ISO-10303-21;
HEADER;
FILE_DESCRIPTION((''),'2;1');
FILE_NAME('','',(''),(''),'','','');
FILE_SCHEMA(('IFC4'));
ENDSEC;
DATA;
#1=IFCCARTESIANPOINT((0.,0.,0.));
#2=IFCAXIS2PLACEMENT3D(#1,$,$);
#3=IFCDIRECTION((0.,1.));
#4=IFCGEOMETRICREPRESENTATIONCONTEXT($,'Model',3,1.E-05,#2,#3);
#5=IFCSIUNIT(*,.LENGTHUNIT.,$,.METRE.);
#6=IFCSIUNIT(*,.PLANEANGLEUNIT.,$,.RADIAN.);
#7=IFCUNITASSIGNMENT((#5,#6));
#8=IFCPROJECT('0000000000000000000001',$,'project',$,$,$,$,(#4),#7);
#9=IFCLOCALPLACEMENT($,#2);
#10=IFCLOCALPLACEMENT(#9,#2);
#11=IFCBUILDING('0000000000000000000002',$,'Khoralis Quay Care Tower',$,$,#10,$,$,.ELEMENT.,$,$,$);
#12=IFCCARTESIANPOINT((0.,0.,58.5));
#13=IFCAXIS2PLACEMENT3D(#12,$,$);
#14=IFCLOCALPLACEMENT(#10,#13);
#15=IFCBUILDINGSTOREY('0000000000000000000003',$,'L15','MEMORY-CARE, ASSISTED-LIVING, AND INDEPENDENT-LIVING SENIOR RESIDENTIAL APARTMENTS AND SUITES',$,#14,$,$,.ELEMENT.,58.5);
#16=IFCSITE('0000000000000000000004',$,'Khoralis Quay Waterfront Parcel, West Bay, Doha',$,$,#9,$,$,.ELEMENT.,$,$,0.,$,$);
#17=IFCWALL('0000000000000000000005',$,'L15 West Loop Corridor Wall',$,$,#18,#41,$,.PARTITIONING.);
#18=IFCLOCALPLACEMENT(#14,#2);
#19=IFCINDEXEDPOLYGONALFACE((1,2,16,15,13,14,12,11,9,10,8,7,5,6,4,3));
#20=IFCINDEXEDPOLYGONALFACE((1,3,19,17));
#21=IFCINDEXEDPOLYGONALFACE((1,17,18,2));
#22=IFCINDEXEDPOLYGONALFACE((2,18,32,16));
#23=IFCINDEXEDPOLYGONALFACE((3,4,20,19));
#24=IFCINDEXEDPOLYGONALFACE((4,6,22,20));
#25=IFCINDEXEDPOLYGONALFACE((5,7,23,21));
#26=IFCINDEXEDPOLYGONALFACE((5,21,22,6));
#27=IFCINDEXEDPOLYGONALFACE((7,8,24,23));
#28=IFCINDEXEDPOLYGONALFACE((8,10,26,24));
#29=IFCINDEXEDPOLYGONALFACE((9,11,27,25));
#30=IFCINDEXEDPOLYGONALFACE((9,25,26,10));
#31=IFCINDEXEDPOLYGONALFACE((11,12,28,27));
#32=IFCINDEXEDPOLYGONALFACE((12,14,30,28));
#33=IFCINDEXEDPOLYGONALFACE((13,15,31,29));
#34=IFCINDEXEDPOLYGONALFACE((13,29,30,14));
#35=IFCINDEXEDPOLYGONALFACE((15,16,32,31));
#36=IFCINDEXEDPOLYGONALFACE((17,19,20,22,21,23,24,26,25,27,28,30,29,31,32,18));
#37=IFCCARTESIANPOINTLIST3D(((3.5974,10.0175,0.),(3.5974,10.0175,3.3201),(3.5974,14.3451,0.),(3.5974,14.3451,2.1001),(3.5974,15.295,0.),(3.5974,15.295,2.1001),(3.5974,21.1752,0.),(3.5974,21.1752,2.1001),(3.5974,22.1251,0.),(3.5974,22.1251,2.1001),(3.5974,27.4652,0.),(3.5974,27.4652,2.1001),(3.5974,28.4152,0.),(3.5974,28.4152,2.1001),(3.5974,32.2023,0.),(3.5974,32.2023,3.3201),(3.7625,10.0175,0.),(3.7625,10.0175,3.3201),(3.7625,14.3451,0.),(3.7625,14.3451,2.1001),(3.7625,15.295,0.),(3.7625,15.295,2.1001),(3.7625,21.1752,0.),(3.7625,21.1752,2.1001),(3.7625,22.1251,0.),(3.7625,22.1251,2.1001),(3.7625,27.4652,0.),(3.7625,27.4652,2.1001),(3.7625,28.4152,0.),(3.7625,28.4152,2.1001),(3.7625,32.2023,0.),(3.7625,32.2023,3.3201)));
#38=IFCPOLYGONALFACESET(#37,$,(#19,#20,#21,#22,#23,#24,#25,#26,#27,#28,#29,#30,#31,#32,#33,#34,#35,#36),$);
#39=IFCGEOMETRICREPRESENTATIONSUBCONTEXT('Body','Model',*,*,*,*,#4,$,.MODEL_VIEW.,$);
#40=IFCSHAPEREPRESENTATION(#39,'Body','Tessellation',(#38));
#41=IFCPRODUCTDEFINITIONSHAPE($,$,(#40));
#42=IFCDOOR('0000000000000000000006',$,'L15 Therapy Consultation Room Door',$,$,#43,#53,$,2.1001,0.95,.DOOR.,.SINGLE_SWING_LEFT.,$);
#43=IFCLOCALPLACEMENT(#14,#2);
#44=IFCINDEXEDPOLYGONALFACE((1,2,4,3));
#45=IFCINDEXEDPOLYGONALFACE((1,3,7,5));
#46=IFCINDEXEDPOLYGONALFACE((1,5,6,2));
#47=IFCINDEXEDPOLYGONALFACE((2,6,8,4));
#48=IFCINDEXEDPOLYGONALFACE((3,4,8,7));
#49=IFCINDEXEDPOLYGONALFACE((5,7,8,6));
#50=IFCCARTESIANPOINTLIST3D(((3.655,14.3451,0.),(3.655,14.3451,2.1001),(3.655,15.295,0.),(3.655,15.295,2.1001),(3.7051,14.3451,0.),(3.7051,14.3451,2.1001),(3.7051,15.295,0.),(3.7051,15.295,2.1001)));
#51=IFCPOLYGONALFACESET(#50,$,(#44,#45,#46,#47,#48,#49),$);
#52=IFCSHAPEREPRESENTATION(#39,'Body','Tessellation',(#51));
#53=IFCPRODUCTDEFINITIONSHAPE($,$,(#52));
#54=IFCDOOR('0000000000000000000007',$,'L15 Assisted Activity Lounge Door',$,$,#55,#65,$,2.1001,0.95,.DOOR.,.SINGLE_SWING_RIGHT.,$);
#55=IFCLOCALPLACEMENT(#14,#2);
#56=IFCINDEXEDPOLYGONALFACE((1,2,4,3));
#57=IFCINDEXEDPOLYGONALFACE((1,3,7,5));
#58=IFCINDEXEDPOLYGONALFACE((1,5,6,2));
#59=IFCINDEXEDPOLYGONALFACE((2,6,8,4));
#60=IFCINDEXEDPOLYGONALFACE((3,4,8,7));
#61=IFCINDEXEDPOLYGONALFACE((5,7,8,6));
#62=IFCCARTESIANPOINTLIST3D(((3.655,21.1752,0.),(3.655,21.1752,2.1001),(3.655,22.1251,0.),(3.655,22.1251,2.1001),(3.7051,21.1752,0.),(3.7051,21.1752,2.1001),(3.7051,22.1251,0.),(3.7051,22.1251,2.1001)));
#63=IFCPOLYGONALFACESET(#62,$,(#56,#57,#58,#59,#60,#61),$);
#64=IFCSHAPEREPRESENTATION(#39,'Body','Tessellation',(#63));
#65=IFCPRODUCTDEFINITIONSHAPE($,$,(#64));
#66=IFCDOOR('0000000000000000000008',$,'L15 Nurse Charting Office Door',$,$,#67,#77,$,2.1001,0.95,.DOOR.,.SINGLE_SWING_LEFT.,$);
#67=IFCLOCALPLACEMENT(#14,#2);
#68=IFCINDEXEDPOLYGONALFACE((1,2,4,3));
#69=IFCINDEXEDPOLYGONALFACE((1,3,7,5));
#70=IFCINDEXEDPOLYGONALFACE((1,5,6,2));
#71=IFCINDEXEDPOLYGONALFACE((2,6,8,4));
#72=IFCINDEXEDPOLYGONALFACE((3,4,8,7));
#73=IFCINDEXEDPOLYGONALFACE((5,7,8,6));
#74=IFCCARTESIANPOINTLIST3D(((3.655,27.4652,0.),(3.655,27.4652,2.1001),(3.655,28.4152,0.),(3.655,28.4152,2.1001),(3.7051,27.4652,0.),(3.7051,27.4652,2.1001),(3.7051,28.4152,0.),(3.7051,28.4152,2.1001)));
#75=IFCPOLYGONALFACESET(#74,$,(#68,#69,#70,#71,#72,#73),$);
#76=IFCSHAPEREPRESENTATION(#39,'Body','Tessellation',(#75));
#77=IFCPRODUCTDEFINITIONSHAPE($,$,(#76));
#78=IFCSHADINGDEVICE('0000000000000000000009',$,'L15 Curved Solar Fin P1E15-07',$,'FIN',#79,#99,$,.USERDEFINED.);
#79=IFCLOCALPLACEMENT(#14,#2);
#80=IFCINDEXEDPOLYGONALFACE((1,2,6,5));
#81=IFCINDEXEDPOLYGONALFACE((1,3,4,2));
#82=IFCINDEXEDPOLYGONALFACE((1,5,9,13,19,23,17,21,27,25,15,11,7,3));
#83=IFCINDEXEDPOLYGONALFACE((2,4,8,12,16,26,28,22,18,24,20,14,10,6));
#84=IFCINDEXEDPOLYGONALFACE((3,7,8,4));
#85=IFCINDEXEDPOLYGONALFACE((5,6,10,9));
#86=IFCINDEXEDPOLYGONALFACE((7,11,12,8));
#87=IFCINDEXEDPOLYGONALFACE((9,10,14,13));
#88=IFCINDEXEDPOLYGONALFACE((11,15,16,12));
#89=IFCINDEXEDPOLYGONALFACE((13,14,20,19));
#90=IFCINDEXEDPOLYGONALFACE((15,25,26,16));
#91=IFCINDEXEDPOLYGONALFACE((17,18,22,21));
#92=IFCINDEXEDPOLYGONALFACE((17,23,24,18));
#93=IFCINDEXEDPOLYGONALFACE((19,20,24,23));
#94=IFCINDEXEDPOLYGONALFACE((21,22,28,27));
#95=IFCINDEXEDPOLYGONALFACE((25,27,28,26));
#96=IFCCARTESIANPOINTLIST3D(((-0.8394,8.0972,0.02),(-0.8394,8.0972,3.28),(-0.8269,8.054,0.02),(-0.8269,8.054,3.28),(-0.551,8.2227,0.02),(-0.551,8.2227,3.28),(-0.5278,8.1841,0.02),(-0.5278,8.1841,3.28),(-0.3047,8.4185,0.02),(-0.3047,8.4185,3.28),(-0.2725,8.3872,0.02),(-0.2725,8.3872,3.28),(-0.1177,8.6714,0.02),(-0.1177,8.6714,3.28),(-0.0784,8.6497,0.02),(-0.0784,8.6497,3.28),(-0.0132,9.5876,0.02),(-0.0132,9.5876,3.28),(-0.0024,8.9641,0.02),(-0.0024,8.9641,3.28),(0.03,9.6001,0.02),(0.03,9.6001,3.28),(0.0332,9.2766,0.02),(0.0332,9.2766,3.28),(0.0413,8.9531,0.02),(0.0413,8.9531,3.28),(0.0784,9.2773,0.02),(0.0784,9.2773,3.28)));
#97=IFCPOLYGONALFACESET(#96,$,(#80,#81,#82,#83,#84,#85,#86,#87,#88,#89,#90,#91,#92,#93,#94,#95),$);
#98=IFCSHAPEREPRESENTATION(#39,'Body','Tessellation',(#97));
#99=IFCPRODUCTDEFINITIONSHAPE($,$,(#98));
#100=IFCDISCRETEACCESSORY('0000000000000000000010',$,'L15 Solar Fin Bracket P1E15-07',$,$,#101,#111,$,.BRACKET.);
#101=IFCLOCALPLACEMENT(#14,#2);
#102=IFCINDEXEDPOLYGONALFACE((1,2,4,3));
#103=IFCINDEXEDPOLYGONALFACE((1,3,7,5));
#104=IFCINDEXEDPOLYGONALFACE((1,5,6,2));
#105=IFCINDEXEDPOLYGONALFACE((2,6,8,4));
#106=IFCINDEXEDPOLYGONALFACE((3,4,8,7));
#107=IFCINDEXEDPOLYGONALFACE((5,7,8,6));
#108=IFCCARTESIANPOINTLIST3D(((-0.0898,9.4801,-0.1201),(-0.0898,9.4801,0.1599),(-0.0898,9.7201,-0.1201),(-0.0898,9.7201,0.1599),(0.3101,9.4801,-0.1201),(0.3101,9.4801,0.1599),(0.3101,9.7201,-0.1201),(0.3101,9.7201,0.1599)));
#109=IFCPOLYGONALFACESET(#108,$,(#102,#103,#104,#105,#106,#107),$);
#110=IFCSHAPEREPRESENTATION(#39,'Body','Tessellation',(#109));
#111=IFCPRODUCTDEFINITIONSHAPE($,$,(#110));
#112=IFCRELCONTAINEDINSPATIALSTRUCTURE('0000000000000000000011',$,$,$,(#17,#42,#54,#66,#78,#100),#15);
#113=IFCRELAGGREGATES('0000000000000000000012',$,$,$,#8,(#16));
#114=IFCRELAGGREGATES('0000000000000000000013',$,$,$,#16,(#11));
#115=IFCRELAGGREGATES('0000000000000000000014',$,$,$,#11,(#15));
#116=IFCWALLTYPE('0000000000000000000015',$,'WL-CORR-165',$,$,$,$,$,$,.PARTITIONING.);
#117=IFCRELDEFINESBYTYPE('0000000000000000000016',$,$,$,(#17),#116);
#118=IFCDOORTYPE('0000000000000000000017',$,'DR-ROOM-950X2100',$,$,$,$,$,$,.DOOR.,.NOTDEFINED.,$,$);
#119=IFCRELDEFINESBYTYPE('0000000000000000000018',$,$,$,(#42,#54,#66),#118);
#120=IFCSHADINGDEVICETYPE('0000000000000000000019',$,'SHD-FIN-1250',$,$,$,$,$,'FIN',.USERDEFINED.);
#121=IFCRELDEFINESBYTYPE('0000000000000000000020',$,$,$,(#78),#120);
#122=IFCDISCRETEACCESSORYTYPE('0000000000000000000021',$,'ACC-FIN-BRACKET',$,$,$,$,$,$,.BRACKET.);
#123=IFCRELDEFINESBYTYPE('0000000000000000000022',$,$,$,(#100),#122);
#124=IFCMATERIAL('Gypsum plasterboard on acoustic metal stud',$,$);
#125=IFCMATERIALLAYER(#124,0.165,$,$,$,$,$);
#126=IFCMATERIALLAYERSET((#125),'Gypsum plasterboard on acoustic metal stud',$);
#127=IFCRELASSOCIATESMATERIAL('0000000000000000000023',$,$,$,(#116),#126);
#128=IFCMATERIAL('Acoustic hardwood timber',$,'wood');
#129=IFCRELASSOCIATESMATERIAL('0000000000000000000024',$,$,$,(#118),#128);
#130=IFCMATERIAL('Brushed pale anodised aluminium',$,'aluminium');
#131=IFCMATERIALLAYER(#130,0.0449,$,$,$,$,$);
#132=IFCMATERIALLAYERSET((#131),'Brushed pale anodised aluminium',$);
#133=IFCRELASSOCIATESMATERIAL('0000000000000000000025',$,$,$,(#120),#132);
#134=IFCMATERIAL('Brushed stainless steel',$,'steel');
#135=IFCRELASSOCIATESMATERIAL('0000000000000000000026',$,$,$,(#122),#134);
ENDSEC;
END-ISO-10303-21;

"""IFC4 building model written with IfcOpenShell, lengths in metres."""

from ifc_helpers import new_model, si_unit, direction, frame, frame_2d, origin, origin_2d, place, context, subcontext, project, spatial, polyline, rectangle, outline, extrude, source, transform, mapped, material, layer, layer_set, type_object, element, fill, save


model = new_model("IFC4")

# Units and contexts
model_context = context("Model", 3, precision=1e-05, world=origin(), true_north=direction((0.0, 1.0)))
body_context = subcontext(model_context, "Body", "Model", "MODEL_VIEW")
ifc_project = project(units=[si_unit("LENGTHUNIT", "METRE"), si_unit("PLANEANGLEUNIT", "RADIAN")], contexts=[model_context])

# Site, building, storey
site_placement = place(None, origin())
site = spatial("IfcSite", under=ifc_project, at=site_placement, Name="Khoralis Quay Waterfront Parcel, West Bay, Doha", CompositionType="ELEMENT", RefElevation=0.0)
building_placement = place(site_placement, origin())
building = spatial("IfcBuilding", under=site, at=building_placement, Name="Khoralis Quay Care Tower", CompositionType="ELEMENT")
storey_placement = place(building_placement, frame((0.0, 0.0, 58.5)))
storey = spatial("IfcBuildingStorey", under=building, at=storey_placement, Name="L15", Description="MEMORY-CARE, ASSISTED-LIVING, AND INDEPENDENT-LIVING SENIOR RESIDENTIAL APARTMENTS AND SUITES", CompositionType="ELEMENT", Elevation=58.5)

# Wall, openings, doors
ifc_material_1 = material(Name="Gypsum plasterboard on acoustic metal stud")
ifc_layer_1 = layer(ifc_material_1, 0.165)
ifc_layer_set_1 = layer_set([ifc_layer_1], Name="Gypsum plasterboard on acoustic metal stud")
wall_type = type_object("IfcWallType", Name="WL-CORR-165", PredefinedType="PARTITIONING", material=ifc_layer_set_1)
ifc_material_2 = material(Name="Acoustic hardwood timber", Category="wood")
door_type_1 = type_object("IfcDoorType", Name="DR-ROOM-950X2100", OperationType="NOTDEFINED", PredefinedType="DOOR", material=ifc_material_2)
shared_shape_1 = source(origin(), body_context, "Body", "SweptSolid", [
    extrude(rectangle(XDim=0.95, YDim=2.1001, at=frame_2d((0.4751, 1.05))), frame((0.0, 0.0249, 0.0), z_axis=(0.0, -1.0, 0.0), x_axis=(1.0, 0.0, 0.0)), (0.0, 0.0, 1.0), 0.05),
])
wall_1_placement = place(storey_placement, frame((3.6799, 10.0176, 0.0), z_axis=(0.0, 0.0, 1.0), x_axis=(0.0, 1.0, 0.0)))
wall_1 = element("IfcWall", 1, at=wall_1_placement, inside=storey, type_object=wall_type, Name="L15 West Loop Corridor Wall", PredefinedType="PARTITIONING", context=body_context, shape_type="SweptSolid", body=[
    extrude(rectangle(XDim=22.1848, YDim=0.165, at=frame_2d((11.0923, 0.0))), origin(), (0.0, 0.0, 1.0), 3.3201),
])
opening_1_placement = place(wall_1_placement, frame((4.3274, 0.0, 0.0)))
opening_1 = element("IfcOpeningElement", 2, at=opening_1_placement, cuts=wall_1, PredefinedType="OPENING", context=body_context, shape_type="SweptSolid", body=[
    extrude(rectangle(XDim=0.95, YDim=2.1001, at=frame_2d((0.4751, 1.05))), frame((0.0, 0.0925, 0.0), z_axis=(0.0, -1.0, 0.0), x_axis=(1.0, 0.0, 0.0)), (0.0, 0.0, 1.0), 0.1851),
])
opening_2_placement = place(wall_1_placement, frame((11.1575, 0.0, 0.0)))
opening_2 = element("IfcOpeningElement", 3, at=opening_2_placement, cuts=wall_1, PredefinedType="OPENING", context=body_context, shape_type="SweptSolid", body=[
    extrude(rectangle(XDim=0.95, YDim=2.1001, at=frame_2d((0.4751, 1.05))), frame((0.0, 0.0925, 0.0), z_axis=(0.0, -1.0, 0.0), x_axis=(1.0, 0.0, 0.0)), (0.0, 0.0, 1.0), 0.1851),
])
opening_3_placement = place(wall_1_placement, frame((17.4475, 0.0, 0.0)))
opening_3 = element("IfcOpeningElement", 4, at=opening_3_placement, cuts=wall_1, PredefinedType="OPENING", context=body_context, shape_type="SweptSolid", body=[
    extrude(rectangle(XDim=0.95, YDim=2.1001, at=frame_2d((0.4751, 1.05))), frame((0.0, 0.0925, 0.0), z_axis=(0.0, -1.0, 0.0), x_axis=(1.0, 0.0, 0.0)), (0.0, 0.0, 1.0), 0.1851),
])
door_1_placement = place(opening_1_placement, origin())
door_1 = element("IfcDoor", 5, at=door_1_placement, inside=storey, type_object=door_type_1, Name="L15 Therapy Consultation Room Door", OperationType="SINGLE_SWING_LEFT", OverallHeight=2.1001, OverallWidth=0.95, PredefinedType="DOOR", context=body_context, shape_type="MappedRepresentation", body=[
    mapped(shared_shape_1, transform((0.0, 0.0, 0.0), scale=1.0)),
])
fill(opening_1, door_1)
door_2_placement = place(opening_2_placement, origin())
door_2 = element("IfcDoor", 6, at=door_2_placement, inside=storey, type_object=door_type_1, Name="L15 Assisted Activity Lounge Door", OperationType="SINGLE_SWING_RIGHT", OverallHeight=2.1001, OverallWidth=0.95, PredefinedType="DOOR", context=body_context, shape_type="MappedRepresentation", body=[
    mapped(shared_shape_1, transform((0.0, 0.0, 0.0), scale=1.0)),
])
fill(opening_2, door_2)
door_3_placement = place(opening_3_placement, origin())
door_3 = element("IfcDoor", 7, at=door_3_placement, inside=storey, type_object=door_type_1, Name="L15 Nurse Charting Office Door", OperationType="SINGLE_SWING_LEFT", OverallHeight=2.1001, OverallWidth=0.95, PredefinedType="DOOR", context=body_context, shape_type="MappedRepresentation", body=[
    mapped(shared_shape_1, transform((0.0, 0.0, 0.0), scale=1.0)),
])
fill(opening_3, door_3)

# Shading device
ifc_material_3 = material(Name="Brushed pale anodised aluminium", Category="aluminium")
ifc_layer_2 = layer(ifc_material_3, 0.0449)
ifc_layer_set_2 = layer_set([ifc_layer_2], Name="Brushed pale anodised aluminium")
shading_device_type = type_object("IfcShadingDeviceType", Name="SHD-FIN-1250", ElementType="FIN", PredefinedType="USERDEFINED", material=ifc_layer_set_2)
shared_shape_2 = source(origin(), body_context, "Body", "SweptSolid", [
    extrude(outline(polyline([(0.0, 0.0), (-0.0483, 0.3228), (-0.0112, 0.647), (0.1084, 0.9504), (0.3025, 1.2129), (0.5579, 1.416), (0.8569, 1.5461), (0.8694, 1.5029), (0.5811, 1.3774), (0.3347, 1.1816), (0.1477, 0.9287), (0.0325, 0.636), (-0.0032, 0.3235), (0.0432, 0.0125), (0.0, 0.0)])), origin(), (0.0, 0.0, 1.0), 3.26),
])
shading_device_placement = place(storey_placement, frame((0.03, 9.6001, 0.02), z_axis=(0.0, 0.0, 1.0), x_axis=(-1.0, 0.0, 0.0)))
element("IfcShadingDevice", 8, at=shading_device_placement, inside=storey, type_object=shading_device_type, Name="L15 Curved Solar Fin P1E15-07", ObjectType="FIN", PredefinedType="USERDEFINED", context=body_context, shape_type="MappedRepresentation", body=[
    mapped(shared_shape_2, transform((0.0, 0.0, 0.0), scale=1.0)),
])

# Discrete accessory
ifc_material_4 = material(Name="Brushed stainless steel", Category="steel")
discrete_accessory_type = type_object("IfcDiscreteAccessoryType", Name="ACC-FIN-BRACKET", PredefinedType="BRACKET", material=ifc_material_4)
shared_shape_3 = source(origin(), body_context, "Body", "SweptSolid", [
    extrude(rectangle(XDim=0.3999, YDim=0.24, at=origin_2d()), origin(), (0.0, 0.0, 1.0), 0.28),
])
discrete_accessory_placement = place(storey_placement, frame((0.1101, 9.6001, -0.1201), z_axis=(0.0, 0.0, 1.0), x_axis=(-1.0, 0.0, 0.0)))
element("IfcDiscreteAccessory", 9, at=discrete_accessory_placement, inside=storey, type_object=discrete_accessory_type, Name="L15 Solar Fin Bracket P1E15-07", PredefinedType="BRACKET", context=body_context, shape_type="MappedRepresentation", body=[
    mapped(shared_shape_3, transform((0.0, 0.0, 0.0), scale=1.0)),
])

save(model, "model.ifc")
